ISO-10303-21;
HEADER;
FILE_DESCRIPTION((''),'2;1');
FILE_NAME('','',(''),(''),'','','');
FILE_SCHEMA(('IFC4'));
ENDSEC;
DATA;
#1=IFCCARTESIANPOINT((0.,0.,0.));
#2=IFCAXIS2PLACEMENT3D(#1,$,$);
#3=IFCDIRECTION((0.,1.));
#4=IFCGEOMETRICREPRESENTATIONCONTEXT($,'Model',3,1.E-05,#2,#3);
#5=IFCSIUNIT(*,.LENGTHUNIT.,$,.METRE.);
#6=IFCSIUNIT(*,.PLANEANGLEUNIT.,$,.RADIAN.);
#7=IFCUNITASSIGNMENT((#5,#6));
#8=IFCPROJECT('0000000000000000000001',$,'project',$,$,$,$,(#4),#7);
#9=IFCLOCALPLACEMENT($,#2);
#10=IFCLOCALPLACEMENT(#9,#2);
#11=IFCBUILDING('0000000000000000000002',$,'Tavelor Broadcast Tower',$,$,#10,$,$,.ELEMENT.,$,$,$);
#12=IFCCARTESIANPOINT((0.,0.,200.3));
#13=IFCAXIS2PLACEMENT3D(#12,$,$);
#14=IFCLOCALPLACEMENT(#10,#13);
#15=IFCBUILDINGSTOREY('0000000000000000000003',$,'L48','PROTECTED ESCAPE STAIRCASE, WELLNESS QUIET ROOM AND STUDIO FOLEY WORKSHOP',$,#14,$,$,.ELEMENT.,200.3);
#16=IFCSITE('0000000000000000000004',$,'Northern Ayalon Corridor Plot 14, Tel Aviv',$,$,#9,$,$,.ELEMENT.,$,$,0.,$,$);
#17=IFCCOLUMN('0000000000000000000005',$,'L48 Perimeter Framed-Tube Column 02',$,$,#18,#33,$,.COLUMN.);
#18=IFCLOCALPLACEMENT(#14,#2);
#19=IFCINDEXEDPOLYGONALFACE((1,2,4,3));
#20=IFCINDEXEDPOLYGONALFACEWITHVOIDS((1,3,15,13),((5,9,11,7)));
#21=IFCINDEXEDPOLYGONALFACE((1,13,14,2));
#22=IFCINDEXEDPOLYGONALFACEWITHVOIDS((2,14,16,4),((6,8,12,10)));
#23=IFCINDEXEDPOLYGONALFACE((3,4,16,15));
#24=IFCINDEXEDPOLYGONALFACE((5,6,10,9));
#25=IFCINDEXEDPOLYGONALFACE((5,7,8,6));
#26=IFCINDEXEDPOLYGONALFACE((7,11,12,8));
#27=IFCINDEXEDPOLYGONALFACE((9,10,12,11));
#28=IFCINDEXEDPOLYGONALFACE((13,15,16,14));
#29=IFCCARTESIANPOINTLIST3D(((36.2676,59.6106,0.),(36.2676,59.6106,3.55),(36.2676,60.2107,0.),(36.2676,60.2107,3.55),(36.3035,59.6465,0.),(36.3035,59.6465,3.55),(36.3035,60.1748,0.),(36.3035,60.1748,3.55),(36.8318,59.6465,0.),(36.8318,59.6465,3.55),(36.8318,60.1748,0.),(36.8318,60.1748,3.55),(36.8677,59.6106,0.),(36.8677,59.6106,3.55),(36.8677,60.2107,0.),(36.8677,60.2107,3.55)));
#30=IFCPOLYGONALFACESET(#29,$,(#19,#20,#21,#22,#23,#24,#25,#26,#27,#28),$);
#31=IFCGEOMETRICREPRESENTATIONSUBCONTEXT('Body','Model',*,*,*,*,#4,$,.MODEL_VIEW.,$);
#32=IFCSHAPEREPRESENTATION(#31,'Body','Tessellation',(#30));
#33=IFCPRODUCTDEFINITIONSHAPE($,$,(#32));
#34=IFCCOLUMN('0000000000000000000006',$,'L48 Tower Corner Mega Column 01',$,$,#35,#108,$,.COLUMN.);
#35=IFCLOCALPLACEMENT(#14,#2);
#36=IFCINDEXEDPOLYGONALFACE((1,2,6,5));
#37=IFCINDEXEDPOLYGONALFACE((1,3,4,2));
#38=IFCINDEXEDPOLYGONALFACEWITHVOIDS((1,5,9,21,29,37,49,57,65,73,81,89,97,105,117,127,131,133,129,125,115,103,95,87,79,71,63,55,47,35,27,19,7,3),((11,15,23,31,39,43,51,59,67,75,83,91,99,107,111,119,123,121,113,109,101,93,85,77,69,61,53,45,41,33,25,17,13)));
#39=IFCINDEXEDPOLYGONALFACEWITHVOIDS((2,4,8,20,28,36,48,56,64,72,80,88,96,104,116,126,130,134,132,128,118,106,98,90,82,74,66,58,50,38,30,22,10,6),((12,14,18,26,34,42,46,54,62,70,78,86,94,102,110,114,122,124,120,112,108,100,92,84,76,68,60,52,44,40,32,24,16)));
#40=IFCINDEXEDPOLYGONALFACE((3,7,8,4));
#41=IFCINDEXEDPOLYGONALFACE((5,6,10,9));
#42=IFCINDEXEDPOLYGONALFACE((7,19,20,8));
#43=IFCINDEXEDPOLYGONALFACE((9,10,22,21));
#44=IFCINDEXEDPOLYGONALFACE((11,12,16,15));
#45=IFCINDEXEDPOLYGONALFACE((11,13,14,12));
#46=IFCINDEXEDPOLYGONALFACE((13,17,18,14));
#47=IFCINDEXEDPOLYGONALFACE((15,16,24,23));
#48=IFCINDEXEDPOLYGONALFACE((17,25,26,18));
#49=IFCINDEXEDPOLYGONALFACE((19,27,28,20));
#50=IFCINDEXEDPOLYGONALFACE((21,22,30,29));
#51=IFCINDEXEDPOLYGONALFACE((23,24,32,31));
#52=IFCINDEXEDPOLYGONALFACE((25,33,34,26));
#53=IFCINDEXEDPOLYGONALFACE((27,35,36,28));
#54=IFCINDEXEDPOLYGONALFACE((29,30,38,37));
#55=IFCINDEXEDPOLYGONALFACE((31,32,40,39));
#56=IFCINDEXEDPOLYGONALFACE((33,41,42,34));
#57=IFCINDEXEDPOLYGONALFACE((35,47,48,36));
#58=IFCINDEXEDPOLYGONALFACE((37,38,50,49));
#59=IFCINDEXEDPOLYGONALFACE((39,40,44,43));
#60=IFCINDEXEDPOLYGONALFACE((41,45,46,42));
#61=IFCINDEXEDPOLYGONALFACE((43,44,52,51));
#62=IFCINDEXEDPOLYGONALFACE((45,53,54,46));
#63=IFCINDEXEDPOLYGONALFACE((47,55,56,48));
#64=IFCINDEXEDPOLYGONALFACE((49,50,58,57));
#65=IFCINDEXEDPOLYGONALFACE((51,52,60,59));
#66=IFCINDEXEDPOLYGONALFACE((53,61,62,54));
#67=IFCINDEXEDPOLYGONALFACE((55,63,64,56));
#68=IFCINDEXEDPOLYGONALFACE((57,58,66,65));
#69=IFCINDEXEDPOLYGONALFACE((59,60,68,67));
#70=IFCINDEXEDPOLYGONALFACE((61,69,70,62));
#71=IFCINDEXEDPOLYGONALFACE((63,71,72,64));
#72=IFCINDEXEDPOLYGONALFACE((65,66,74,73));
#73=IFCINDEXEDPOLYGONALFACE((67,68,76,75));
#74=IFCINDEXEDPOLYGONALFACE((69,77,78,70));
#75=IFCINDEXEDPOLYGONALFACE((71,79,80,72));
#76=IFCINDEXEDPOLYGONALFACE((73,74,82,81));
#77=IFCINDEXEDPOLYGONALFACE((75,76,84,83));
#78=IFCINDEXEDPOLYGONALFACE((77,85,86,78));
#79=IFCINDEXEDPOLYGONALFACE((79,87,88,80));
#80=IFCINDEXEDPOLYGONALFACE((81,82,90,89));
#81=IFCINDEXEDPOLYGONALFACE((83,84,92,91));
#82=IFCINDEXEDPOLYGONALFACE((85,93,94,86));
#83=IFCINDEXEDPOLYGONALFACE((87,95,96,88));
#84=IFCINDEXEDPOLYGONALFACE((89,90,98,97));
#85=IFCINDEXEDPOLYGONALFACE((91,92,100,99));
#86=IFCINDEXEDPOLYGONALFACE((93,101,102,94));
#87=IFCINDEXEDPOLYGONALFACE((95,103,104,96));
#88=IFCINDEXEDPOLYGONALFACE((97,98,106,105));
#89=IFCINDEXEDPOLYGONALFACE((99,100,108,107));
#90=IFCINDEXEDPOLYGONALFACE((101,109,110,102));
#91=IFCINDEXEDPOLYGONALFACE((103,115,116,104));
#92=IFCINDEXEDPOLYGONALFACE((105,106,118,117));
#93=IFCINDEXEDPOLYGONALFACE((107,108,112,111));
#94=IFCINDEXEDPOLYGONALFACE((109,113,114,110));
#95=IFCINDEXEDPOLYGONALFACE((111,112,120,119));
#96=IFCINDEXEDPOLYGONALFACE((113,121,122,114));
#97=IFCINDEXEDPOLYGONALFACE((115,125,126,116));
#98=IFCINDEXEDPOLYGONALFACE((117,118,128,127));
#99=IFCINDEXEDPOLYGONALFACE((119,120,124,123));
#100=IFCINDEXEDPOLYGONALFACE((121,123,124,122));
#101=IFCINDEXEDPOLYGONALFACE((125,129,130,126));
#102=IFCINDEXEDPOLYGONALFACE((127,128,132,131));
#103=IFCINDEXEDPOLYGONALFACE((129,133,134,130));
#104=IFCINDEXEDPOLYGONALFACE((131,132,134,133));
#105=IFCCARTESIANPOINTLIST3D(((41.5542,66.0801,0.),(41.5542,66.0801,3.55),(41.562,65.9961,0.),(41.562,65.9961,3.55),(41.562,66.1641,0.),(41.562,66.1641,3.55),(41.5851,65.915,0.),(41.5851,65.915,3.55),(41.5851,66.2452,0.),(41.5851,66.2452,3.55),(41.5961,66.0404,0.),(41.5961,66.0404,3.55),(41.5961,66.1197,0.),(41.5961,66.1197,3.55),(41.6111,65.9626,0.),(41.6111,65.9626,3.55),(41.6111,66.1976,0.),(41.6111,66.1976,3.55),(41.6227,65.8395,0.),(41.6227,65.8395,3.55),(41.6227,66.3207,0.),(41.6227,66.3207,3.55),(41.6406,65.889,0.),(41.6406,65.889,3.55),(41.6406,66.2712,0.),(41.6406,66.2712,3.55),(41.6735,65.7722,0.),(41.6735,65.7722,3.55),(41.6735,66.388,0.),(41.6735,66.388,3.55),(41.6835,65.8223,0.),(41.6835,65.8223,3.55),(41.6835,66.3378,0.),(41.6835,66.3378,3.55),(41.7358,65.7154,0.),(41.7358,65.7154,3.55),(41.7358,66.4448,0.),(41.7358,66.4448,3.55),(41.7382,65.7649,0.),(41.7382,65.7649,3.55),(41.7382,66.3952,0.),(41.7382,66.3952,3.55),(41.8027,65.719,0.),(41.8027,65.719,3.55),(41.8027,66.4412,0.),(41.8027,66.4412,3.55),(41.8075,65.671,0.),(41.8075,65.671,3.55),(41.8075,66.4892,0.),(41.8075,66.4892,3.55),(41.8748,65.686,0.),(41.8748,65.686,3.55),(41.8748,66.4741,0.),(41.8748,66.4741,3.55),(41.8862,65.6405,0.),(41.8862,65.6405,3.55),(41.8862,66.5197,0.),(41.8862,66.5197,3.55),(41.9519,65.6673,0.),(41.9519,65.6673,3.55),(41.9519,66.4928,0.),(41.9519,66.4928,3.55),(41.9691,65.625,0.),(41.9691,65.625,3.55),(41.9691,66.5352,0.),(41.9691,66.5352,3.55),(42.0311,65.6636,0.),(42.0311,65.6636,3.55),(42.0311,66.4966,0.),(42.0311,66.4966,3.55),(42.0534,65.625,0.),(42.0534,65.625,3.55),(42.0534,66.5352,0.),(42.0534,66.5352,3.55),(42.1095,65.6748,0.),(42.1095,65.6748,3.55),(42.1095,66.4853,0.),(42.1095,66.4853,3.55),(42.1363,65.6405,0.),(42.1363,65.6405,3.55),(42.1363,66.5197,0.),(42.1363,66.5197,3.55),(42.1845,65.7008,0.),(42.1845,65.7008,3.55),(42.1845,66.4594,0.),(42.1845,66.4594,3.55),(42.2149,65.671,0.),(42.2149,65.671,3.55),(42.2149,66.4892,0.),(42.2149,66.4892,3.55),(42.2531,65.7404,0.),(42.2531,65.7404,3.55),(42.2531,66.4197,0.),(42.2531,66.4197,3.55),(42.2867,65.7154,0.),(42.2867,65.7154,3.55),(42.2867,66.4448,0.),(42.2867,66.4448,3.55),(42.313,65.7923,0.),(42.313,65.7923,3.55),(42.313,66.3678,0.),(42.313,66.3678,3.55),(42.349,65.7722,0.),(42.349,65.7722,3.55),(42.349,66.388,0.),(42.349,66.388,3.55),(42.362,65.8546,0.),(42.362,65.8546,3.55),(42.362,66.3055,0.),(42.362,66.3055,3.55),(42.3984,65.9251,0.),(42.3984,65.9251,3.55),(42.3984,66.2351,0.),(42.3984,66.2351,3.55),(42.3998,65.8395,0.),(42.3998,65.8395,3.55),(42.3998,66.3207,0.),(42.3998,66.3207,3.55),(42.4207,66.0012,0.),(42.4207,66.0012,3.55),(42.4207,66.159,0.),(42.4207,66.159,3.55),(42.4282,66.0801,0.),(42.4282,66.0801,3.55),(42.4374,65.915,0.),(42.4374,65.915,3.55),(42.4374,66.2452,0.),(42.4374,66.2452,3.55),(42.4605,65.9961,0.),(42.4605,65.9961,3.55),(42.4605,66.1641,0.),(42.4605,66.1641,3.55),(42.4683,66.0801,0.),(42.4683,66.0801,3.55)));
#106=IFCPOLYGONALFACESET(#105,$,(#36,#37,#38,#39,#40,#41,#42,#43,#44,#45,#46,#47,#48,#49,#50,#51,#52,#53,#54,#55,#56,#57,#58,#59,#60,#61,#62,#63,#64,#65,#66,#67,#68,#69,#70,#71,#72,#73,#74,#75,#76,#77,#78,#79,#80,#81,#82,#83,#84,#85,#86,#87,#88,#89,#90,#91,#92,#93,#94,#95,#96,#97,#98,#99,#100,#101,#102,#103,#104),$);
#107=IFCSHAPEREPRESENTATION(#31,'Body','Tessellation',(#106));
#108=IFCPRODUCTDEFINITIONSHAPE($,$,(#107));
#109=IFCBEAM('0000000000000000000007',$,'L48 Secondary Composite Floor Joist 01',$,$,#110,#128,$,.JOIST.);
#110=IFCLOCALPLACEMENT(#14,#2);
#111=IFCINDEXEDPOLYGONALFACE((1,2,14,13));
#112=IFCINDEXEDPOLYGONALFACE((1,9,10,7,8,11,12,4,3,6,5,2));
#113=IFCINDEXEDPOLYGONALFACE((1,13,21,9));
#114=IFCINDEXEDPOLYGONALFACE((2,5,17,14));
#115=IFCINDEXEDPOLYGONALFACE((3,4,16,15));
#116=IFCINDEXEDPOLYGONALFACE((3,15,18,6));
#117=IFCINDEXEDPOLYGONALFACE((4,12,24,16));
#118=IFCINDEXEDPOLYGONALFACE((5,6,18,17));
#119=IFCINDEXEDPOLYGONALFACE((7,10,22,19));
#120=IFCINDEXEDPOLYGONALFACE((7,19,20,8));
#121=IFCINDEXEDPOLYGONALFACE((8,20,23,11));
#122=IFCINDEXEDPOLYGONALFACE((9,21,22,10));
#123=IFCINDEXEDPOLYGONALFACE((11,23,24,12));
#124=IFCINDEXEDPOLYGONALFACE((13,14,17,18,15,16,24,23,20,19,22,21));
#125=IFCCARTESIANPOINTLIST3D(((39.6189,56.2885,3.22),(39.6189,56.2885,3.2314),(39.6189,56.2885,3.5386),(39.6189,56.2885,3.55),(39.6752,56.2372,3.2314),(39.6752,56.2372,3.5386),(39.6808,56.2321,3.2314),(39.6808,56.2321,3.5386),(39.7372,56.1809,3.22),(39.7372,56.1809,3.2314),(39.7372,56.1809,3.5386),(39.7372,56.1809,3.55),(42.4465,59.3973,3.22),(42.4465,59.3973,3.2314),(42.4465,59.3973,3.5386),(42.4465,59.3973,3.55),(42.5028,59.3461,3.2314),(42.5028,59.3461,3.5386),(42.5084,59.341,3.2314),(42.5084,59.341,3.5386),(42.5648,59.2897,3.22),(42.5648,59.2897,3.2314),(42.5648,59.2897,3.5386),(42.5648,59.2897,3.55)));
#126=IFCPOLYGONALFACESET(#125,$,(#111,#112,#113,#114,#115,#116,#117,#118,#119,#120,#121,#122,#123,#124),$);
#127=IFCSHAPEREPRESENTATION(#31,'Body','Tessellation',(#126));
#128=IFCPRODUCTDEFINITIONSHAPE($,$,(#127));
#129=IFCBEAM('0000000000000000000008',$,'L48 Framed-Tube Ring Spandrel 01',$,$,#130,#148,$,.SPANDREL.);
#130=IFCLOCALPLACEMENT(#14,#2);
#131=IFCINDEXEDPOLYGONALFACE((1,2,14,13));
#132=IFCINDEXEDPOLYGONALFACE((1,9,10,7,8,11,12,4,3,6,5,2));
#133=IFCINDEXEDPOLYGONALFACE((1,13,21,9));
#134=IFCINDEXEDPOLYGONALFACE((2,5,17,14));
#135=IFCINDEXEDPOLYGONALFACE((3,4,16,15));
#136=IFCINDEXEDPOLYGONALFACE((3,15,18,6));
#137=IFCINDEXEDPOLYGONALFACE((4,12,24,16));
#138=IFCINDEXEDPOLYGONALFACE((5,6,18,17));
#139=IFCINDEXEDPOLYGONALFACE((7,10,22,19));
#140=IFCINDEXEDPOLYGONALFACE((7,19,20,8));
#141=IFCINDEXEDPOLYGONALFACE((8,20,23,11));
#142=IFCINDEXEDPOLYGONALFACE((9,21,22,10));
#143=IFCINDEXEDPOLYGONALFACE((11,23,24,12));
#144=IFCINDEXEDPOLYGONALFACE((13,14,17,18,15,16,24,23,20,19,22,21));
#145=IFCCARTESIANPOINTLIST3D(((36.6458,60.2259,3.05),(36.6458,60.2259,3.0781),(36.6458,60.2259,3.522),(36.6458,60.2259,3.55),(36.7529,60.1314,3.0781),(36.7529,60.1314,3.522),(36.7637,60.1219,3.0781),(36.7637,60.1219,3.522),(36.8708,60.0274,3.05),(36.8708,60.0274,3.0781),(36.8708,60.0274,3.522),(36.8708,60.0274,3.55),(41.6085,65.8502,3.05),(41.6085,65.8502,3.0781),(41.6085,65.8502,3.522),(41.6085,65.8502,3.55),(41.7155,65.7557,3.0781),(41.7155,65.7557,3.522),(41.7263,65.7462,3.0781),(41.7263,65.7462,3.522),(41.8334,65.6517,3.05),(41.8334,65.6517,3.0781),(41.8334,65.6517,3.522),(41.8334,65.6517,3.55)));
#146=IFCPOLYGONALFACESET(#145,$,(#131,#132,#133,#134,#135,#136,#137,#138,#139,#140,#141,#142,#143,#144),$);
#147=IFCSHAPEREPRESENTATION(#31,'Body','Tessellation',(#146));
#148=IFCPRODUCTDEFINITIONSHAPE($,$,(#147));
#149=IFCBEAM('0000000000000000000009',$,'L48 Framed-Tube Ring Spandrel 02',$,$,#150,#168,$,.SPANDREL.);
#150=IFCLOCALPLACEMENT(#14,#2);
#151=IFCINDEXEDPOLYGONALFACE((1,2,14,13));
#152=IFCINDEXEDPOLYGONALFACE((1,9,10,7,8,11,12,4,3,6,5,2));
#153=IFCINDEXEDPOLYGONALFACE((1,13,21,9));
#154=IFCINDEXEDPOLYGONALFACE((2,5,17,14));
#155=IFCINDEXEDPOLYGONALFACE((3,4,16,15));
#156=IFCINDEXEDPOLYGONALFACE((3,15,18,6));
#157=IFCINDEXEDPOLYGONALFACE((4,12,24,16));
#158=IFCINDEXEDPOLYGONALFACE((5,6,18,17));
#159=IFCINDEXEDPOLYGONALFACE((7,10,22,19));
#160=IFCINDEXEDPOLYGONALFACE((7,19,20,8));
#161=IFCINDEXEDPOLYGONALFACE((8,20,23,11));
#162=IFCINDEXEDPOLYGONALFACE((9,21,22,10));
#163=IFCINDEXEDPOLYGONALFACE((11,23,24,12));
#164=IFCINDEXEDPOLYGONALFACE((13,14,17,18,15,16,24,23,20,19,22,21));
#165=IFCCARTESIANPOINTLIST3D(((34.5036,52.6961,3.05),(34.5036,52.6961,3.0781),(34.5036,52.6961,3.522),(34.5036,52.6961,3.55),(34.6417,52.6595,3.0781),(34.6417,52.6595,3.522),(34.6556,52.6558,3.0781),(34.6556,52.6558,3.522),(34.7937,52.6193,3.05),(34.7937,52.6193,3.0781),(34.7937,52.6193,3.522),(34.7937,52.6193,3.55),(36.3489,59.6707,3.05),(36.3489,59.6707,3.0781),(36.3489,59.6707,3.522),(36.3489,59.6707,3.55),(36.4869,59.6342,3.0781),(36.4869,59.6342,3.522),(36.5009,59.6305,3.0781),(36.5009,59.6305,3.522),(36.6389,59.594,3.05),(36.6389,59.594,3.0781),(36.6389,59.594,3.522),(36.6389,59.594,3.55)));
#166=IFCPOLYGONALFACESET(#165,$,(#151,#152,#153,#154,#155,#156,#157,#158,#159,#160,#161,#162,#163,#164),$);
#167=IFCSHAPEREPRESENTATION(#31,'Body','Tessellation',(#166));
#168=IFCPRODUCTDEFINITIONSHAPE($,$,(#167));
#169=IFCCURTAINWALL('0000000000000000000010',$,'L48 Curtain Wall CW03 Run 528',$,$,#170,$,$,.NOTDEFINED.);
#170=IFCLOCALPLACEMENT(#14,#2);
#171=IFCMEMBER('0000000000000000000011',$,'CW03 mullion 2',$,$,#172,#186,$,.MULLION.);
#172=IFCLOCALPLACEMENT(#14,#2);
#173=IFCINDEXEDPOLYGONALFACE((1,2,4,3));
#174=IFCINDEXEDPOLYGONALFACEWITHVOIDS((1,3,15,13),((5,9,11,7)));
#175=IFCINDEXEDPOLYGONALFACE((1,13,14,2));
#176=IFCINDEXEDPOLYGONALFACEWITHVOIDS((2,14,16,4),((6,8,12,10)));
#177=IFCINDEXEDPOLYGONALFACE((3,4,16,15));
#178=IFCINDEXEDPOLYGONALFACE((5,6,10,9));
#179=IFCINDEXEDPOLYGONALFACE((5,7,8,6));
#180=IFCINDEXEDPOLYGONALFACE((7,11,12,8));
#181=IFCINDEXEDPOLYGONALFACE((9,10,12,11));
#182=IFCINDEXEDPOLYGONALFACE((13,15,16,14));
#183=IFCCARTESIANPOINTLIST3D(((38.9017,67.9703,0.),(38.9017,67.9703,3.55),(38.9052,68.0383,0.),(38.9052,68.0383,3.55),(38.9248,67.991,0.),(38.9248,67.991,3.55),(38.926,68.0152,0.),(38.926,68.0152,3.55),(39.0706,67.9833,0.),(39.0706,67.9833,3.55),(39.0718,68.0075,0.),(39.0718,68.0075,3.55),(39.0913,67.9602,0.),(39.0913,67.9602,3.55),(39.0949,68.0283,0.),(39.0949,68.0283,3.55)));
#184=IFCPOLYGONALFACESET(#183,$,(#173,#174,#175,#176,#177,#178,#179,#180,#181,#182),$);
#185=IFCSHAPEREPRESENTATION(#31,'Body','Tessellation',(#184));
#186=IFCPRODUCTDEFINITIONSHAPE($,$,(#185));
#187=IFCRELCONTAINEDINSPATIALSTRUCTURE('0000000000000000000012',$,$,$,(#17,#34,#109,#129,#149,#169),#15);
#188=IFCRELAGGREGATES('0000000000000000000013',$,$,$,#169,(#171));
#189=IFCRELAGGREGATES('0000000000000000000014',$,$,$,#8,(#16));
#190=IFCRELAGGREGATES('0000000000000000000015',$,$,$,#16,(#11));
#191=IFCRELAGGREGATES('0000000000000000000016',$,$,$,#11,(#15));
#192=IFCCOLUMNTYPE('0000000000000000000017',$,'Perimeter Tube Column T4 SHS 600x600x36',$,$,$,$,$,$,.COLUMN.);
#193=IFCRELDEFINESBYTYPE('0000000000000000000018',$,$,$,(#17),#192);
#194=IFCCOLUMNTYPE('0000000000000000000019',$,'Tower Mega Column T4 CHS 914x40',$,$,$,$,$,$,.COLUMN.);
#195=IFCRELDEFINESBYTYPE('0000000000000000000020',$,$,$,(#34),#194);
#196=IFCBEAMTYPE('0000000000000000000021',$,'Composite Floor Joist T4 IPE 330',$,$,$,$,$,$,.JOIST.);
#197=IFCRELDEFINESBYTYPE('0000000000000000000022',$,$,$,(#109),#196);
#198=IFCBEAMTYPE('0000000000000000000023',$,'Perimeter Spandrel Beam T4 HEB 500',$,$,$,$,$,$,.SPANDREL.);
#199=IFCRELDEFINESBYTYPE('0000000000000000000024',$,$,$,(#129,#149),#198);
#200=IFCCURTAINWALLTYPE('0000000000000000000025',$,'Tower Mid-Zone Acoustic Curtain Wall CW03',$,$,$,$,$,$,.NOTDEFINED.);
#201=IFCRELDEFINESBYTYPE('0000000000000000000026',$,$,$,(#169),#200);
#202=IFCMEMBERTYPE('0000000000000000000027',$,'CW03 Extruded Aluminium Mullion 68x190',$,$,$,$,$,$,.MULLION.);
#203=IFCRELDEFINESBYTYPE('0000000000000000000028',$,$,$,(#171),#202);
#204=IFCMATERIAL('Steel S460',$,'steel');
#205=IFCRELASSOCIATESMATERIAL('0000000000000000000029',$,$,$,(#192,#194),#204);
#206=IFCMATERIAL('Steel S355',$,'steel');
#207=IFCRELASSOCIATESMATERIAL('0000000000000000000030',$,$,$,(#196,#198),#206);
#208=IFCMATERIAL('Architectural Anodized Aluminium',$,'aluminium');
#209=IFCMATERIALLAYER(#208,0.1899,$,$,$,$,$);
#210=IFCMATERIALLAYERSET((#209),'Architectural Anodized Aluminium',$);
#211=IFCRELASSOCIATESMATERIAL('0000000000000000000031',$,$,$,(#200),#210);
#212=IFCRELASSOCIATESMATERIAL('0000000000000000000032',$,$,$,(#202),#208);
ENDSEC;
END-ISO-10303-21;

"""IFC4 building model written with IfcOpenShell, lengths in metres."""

from ifc_helpers import new_model, si_unit, direction, frame, origin, origin_2d, place, context, subcontext, project, spatial, hollow_rectangle, hollow_circle, i_section, extrude, source, transform, mapped, material, layer, layer_set, material_profile, profile_set, type_object, type_shapes, element, aggregate, save


model = new_model("IFC4")

# Units and contexts
model_context = context("Model", 3, precision=1e-05, world=origin(), true_north=direction((0.0, 1.0)))
body_context = subcontext(model_context, "Body", "Model", "MODEL_VIEW")
ifc_project = project(units=[si_unit("LENGTHUNIT", "METRE"), si_unit("PLANEANGLEUNIT", "RADIAN")], contexts=[model_context])

# Site, building, storey
site_placement = place(None, origin())
site = spatial("IfcSite", under=ifc_project, at=site_placement, Name="Northern Ayalon Corridor Plot 14, Tel Aviv", CompositionType="ELEMENT", RefElevation=0.0)
building_placement = place(site_placement, origin())
building = spatial("IfcBuilding", under=site, at=building_placement, Name="Tavelor Broadcast Tower", CompositionType="ELEMENT")
storey_placement = place(building_placement, frame((0.0, 0.0, 200.3)))
storey = spatial("IfcBuildingStorey", under=building, at=storey_placement, Name="L48", Description="PROTECTED ESCAPE STAIRCASE, WELLNESS QUIET ROOM AND STUDIO FOLEY WORKSHOP", CompositionType="ELEMENT", Elevation=200.3)

# Columns
ifc_material_1 = material(Name="Steel S460", Category="steel")
ifc_material_profile_1 = material_profile(ifc_material_1, hollow_rectangle(XDim=0.6001, YDim=0.6001, WallThickness=0.0359, at=origin_2d()), Name="SHS 600x600x36")
ifc_profile_set_1 = profile_set([ifc_material_profile_1], Name="Steel S460")
column_type_1 = type_object("IfcColumnType", Name="Perimeter Tube Column T4 SHS 600x600x36", PredefinedType="COLUMN", material=ifc_profile_set_1)
column_1_placement = place(storey_placement, frame((36.5676, 59.9106, 0.0), z_axis=(0.0, 0.0, 1.0), x_axis=(1.0, 0.0, 0.0)))
element("IfcColumn", 1, at=column_1_placement, inside=storey, type_object=column_type_1, Name="L48 Perimeter Framed-Tube Column 02", PredefinedType="COLUMN", context=body_context, shape_type="SweptSolid", body=[
    extrude(hollow_rectangle(XDim=0.6001, YDim=0.6001, WallThickness=0.0359, at=origin_2d()), origin(), (0.0, 0.0, 1.0), 3.55),
])
ifc_material_profile_2 = material_profile(ifc_material_1, hollow_circle(Radius=0.457, WallThickness=0.04, at=origin_2d()), Name="CHS 914x40")
ifc_profile_set_2 = profile_set([ifc_material_profile_2], Name="Steel S460")
column_type_2 = type_object("IfcColumnType", Name="Tower Mega Column T4 CHS 914x40", PredefinedType="COLUMN", material=ifc_profile_set_2)
column_2_placement = place(storey_placement, frame((42.0112, 66.0801, 0.0), z_axis=(0.0, 0.0, 1.0), x_axis=(1.0, 0.0, 0.0)))
element("IfcColumn", 2, at=column_2_placement, inside=storey, type_object=column_type_2, Name="L48 Tower Corner Mega Column 01", PredefinedType="COLUMN", context=body_context, shape_type="SweptSolid", body=[
    extrude(hollow_circle(Radius=0.457, WallThickness=0.04, at=origin_2d()), origin(), (0.0, 0.0, 1.0), 3.55),
])

# Beams
ifc_material_2 = material(Name="Steel S355", Category="steel")
ifc_material_profile_3 = material_profile(ifc_material_2, i_section(OverallWidth=0.1599, OverallDepth=0.3301, WebThickness=0.0076, FlangeThickness=0.0115, at=origin_2d()), Name="IPE 330")
ifc_profile_set_3 = profile_set([ifc_material_profile_3], Name="Steel S355")
beam_type_1 = type_object("IfcBeamType", Name="Composite Floor Joist T4 IPE 330", PredefinedType="JOIST", material=ifc_profile_set_3)
beam_1_placement = place(storey_placement, frame((42.5056, 59.3435, 3.385), z_axis=(-0.672852, -0.739777, 0.0), x_axis=(0.739777, -0.672852, 0.0)))
element("IfcBeam", 3, at=beam_1_placement, inside=storey, type_object=beam_type_1, Name="L48 Secondary Composite Floor Joist 01", PredefinedType="JOIST", context=body_context, shape_type="SweptSolid", body=[
    extrude(i_section(OverallWidth=0.1599, OverallDepth=0.3301, WebThickness=0.0076, FlangeThickness=0.0115, at=origin_2d()), origin(), (0.0, 0.0, 1.0), 4.2024),
])
ifc_material_profile_4 = material_profile(ifc_material_2, i_section(OverallWidth=0.3, OverallDepth=0.5, WebThickness=0.0144, FlangeThickness=0.0281, at=origin_2d()), Name="HEB 500")
ifc_profile_set_4 = profile_set([ifc_material_profile_4], Name="Steel S355")
beam_type_2 = type_object("IfcBeamType", Name="Perimeter Spandrel Beam T4 HEB 500", PredefinedType="SPANDREL", material=ifc_profile_set_4)
beam_2_placement = place(storey_placement, frame((41.7209, 65.751, 3.3), z_axis=(-0.661626, -0.749834, 0.0), x_axis=(0.749834, -0.661626, 0.0)))
element("IfcBeam", 4, at=beam_2_placement, inside=storey, type_object=beam_type_2, Name="L48 Framed-Tube Ring Spandrel 01", PredefinedType="SPANDREL", context=body_context, shape_type="SweptSolid", body=[
    extrude(i_section(OverallWidth=0.3, OverallDepth=0.5, WebThickness=0.0144, FlangeThickness=0.0281, at=origin_2d()), origin(), (0.0, 0.0, 1.0), 7.5007),
])
beam_3_placement = place(storey_placement, frame((36.4939, 59.6323, 3.3), z_axis=(-0.255762, -0.96674, 0.0), x_axis=(0.96674, -0.255762, 0.0)))
element("IfcBeam", 5, at=beam_3_placement, inside=storey, type_object=beam_type_2, Name="L48 Framed-Tube Ring Spandrel 02", PredefinedType="SPANDREL", context=body_context, shape_type="SweptSolid", body=[
    extrude(i_section(OverallWidth=0.3, OverallDepth=0.5, WebThickness=0.0144, FlangeThickness=0.0281, at=origin_2d()), origin(), (0.0, 0.0, 1.0), 7.2146),
])

# Curtain wall, member
ifc_material_3 = material(Name="Architectural Anodized Aluminium", Category="aluminium")
ifc_layer_1 = layer(ifc_material_3, 0.1899)
ifc_layer_set_1 = layer_set([ifc_layer_1], Name="Architectural Anodized Aluminium")
curtain_wall_type = type_object("IfcCurtainWallType", Name="Tower Mid-Zone Acoustic Curtain Wall CW03", PredefinedType="NOTDEFINED", material=ifc_layer_set_1)
curtain_wall_placement = place(storey_placement, origin())
curtain_wall = element("IfcCurtainWall", 6, at=curtain_wall_placement, inside=storey, type_object=curtain_wall_type, Name="L48 Curtain Wall CW03 Run 528", PredefinedType="NOTDEFINED")
ifc_material_profile_5 = material_profile(ifc_material_3, hollow_rectangle(XDim=0.0681, YDim=0.1899, WallThickness=0.022, at=origin_2d()), Name="RHS 68x190x22")
ifc_profile_set_5 = profile_set([ifc_material_profile_5], Name="Architectural Anodized Aluminium")
member_type_1 = type_object("IfcMemberType", Name="CW03 Extruded Aluminium Mullion 68x190", PredefinedType="MULLION", material=ifc_profile_set_5)
shared_shape_1 = source(origin(), body_context, "Body", "SweptSolid", [
    extrude(hollow_rectangle(XDim=0.0681, YDim=0.1899, WallThickness=0.022, at=origin_2d()), origin(), (0.0, 0.0, 1.0), 3.55),
])
type_shapes(member_type_1, [shared_shape_1])
member_1_placement = place(storey_placement, frame((38.9983, 67.9993, 0.0), z_axis=(0.0, 0.0, 1.0), x_axis=(-0.052744, -0.998608, 0.0)))
member_1 = element("IfcMember", 7, at=member_1_placement, type_object=member_type_1, Name="CW03 mullion 2", PredefinedType="MULLION", context=body_context, shape_type="MappedRepresentation", body=[
    mapped(shared_shape_1, transform((0.0, 0.0, 0.0), scale=1.0)),
])

aggregate(curtain_wall, [member_1])

save(model, "model.ifc")
